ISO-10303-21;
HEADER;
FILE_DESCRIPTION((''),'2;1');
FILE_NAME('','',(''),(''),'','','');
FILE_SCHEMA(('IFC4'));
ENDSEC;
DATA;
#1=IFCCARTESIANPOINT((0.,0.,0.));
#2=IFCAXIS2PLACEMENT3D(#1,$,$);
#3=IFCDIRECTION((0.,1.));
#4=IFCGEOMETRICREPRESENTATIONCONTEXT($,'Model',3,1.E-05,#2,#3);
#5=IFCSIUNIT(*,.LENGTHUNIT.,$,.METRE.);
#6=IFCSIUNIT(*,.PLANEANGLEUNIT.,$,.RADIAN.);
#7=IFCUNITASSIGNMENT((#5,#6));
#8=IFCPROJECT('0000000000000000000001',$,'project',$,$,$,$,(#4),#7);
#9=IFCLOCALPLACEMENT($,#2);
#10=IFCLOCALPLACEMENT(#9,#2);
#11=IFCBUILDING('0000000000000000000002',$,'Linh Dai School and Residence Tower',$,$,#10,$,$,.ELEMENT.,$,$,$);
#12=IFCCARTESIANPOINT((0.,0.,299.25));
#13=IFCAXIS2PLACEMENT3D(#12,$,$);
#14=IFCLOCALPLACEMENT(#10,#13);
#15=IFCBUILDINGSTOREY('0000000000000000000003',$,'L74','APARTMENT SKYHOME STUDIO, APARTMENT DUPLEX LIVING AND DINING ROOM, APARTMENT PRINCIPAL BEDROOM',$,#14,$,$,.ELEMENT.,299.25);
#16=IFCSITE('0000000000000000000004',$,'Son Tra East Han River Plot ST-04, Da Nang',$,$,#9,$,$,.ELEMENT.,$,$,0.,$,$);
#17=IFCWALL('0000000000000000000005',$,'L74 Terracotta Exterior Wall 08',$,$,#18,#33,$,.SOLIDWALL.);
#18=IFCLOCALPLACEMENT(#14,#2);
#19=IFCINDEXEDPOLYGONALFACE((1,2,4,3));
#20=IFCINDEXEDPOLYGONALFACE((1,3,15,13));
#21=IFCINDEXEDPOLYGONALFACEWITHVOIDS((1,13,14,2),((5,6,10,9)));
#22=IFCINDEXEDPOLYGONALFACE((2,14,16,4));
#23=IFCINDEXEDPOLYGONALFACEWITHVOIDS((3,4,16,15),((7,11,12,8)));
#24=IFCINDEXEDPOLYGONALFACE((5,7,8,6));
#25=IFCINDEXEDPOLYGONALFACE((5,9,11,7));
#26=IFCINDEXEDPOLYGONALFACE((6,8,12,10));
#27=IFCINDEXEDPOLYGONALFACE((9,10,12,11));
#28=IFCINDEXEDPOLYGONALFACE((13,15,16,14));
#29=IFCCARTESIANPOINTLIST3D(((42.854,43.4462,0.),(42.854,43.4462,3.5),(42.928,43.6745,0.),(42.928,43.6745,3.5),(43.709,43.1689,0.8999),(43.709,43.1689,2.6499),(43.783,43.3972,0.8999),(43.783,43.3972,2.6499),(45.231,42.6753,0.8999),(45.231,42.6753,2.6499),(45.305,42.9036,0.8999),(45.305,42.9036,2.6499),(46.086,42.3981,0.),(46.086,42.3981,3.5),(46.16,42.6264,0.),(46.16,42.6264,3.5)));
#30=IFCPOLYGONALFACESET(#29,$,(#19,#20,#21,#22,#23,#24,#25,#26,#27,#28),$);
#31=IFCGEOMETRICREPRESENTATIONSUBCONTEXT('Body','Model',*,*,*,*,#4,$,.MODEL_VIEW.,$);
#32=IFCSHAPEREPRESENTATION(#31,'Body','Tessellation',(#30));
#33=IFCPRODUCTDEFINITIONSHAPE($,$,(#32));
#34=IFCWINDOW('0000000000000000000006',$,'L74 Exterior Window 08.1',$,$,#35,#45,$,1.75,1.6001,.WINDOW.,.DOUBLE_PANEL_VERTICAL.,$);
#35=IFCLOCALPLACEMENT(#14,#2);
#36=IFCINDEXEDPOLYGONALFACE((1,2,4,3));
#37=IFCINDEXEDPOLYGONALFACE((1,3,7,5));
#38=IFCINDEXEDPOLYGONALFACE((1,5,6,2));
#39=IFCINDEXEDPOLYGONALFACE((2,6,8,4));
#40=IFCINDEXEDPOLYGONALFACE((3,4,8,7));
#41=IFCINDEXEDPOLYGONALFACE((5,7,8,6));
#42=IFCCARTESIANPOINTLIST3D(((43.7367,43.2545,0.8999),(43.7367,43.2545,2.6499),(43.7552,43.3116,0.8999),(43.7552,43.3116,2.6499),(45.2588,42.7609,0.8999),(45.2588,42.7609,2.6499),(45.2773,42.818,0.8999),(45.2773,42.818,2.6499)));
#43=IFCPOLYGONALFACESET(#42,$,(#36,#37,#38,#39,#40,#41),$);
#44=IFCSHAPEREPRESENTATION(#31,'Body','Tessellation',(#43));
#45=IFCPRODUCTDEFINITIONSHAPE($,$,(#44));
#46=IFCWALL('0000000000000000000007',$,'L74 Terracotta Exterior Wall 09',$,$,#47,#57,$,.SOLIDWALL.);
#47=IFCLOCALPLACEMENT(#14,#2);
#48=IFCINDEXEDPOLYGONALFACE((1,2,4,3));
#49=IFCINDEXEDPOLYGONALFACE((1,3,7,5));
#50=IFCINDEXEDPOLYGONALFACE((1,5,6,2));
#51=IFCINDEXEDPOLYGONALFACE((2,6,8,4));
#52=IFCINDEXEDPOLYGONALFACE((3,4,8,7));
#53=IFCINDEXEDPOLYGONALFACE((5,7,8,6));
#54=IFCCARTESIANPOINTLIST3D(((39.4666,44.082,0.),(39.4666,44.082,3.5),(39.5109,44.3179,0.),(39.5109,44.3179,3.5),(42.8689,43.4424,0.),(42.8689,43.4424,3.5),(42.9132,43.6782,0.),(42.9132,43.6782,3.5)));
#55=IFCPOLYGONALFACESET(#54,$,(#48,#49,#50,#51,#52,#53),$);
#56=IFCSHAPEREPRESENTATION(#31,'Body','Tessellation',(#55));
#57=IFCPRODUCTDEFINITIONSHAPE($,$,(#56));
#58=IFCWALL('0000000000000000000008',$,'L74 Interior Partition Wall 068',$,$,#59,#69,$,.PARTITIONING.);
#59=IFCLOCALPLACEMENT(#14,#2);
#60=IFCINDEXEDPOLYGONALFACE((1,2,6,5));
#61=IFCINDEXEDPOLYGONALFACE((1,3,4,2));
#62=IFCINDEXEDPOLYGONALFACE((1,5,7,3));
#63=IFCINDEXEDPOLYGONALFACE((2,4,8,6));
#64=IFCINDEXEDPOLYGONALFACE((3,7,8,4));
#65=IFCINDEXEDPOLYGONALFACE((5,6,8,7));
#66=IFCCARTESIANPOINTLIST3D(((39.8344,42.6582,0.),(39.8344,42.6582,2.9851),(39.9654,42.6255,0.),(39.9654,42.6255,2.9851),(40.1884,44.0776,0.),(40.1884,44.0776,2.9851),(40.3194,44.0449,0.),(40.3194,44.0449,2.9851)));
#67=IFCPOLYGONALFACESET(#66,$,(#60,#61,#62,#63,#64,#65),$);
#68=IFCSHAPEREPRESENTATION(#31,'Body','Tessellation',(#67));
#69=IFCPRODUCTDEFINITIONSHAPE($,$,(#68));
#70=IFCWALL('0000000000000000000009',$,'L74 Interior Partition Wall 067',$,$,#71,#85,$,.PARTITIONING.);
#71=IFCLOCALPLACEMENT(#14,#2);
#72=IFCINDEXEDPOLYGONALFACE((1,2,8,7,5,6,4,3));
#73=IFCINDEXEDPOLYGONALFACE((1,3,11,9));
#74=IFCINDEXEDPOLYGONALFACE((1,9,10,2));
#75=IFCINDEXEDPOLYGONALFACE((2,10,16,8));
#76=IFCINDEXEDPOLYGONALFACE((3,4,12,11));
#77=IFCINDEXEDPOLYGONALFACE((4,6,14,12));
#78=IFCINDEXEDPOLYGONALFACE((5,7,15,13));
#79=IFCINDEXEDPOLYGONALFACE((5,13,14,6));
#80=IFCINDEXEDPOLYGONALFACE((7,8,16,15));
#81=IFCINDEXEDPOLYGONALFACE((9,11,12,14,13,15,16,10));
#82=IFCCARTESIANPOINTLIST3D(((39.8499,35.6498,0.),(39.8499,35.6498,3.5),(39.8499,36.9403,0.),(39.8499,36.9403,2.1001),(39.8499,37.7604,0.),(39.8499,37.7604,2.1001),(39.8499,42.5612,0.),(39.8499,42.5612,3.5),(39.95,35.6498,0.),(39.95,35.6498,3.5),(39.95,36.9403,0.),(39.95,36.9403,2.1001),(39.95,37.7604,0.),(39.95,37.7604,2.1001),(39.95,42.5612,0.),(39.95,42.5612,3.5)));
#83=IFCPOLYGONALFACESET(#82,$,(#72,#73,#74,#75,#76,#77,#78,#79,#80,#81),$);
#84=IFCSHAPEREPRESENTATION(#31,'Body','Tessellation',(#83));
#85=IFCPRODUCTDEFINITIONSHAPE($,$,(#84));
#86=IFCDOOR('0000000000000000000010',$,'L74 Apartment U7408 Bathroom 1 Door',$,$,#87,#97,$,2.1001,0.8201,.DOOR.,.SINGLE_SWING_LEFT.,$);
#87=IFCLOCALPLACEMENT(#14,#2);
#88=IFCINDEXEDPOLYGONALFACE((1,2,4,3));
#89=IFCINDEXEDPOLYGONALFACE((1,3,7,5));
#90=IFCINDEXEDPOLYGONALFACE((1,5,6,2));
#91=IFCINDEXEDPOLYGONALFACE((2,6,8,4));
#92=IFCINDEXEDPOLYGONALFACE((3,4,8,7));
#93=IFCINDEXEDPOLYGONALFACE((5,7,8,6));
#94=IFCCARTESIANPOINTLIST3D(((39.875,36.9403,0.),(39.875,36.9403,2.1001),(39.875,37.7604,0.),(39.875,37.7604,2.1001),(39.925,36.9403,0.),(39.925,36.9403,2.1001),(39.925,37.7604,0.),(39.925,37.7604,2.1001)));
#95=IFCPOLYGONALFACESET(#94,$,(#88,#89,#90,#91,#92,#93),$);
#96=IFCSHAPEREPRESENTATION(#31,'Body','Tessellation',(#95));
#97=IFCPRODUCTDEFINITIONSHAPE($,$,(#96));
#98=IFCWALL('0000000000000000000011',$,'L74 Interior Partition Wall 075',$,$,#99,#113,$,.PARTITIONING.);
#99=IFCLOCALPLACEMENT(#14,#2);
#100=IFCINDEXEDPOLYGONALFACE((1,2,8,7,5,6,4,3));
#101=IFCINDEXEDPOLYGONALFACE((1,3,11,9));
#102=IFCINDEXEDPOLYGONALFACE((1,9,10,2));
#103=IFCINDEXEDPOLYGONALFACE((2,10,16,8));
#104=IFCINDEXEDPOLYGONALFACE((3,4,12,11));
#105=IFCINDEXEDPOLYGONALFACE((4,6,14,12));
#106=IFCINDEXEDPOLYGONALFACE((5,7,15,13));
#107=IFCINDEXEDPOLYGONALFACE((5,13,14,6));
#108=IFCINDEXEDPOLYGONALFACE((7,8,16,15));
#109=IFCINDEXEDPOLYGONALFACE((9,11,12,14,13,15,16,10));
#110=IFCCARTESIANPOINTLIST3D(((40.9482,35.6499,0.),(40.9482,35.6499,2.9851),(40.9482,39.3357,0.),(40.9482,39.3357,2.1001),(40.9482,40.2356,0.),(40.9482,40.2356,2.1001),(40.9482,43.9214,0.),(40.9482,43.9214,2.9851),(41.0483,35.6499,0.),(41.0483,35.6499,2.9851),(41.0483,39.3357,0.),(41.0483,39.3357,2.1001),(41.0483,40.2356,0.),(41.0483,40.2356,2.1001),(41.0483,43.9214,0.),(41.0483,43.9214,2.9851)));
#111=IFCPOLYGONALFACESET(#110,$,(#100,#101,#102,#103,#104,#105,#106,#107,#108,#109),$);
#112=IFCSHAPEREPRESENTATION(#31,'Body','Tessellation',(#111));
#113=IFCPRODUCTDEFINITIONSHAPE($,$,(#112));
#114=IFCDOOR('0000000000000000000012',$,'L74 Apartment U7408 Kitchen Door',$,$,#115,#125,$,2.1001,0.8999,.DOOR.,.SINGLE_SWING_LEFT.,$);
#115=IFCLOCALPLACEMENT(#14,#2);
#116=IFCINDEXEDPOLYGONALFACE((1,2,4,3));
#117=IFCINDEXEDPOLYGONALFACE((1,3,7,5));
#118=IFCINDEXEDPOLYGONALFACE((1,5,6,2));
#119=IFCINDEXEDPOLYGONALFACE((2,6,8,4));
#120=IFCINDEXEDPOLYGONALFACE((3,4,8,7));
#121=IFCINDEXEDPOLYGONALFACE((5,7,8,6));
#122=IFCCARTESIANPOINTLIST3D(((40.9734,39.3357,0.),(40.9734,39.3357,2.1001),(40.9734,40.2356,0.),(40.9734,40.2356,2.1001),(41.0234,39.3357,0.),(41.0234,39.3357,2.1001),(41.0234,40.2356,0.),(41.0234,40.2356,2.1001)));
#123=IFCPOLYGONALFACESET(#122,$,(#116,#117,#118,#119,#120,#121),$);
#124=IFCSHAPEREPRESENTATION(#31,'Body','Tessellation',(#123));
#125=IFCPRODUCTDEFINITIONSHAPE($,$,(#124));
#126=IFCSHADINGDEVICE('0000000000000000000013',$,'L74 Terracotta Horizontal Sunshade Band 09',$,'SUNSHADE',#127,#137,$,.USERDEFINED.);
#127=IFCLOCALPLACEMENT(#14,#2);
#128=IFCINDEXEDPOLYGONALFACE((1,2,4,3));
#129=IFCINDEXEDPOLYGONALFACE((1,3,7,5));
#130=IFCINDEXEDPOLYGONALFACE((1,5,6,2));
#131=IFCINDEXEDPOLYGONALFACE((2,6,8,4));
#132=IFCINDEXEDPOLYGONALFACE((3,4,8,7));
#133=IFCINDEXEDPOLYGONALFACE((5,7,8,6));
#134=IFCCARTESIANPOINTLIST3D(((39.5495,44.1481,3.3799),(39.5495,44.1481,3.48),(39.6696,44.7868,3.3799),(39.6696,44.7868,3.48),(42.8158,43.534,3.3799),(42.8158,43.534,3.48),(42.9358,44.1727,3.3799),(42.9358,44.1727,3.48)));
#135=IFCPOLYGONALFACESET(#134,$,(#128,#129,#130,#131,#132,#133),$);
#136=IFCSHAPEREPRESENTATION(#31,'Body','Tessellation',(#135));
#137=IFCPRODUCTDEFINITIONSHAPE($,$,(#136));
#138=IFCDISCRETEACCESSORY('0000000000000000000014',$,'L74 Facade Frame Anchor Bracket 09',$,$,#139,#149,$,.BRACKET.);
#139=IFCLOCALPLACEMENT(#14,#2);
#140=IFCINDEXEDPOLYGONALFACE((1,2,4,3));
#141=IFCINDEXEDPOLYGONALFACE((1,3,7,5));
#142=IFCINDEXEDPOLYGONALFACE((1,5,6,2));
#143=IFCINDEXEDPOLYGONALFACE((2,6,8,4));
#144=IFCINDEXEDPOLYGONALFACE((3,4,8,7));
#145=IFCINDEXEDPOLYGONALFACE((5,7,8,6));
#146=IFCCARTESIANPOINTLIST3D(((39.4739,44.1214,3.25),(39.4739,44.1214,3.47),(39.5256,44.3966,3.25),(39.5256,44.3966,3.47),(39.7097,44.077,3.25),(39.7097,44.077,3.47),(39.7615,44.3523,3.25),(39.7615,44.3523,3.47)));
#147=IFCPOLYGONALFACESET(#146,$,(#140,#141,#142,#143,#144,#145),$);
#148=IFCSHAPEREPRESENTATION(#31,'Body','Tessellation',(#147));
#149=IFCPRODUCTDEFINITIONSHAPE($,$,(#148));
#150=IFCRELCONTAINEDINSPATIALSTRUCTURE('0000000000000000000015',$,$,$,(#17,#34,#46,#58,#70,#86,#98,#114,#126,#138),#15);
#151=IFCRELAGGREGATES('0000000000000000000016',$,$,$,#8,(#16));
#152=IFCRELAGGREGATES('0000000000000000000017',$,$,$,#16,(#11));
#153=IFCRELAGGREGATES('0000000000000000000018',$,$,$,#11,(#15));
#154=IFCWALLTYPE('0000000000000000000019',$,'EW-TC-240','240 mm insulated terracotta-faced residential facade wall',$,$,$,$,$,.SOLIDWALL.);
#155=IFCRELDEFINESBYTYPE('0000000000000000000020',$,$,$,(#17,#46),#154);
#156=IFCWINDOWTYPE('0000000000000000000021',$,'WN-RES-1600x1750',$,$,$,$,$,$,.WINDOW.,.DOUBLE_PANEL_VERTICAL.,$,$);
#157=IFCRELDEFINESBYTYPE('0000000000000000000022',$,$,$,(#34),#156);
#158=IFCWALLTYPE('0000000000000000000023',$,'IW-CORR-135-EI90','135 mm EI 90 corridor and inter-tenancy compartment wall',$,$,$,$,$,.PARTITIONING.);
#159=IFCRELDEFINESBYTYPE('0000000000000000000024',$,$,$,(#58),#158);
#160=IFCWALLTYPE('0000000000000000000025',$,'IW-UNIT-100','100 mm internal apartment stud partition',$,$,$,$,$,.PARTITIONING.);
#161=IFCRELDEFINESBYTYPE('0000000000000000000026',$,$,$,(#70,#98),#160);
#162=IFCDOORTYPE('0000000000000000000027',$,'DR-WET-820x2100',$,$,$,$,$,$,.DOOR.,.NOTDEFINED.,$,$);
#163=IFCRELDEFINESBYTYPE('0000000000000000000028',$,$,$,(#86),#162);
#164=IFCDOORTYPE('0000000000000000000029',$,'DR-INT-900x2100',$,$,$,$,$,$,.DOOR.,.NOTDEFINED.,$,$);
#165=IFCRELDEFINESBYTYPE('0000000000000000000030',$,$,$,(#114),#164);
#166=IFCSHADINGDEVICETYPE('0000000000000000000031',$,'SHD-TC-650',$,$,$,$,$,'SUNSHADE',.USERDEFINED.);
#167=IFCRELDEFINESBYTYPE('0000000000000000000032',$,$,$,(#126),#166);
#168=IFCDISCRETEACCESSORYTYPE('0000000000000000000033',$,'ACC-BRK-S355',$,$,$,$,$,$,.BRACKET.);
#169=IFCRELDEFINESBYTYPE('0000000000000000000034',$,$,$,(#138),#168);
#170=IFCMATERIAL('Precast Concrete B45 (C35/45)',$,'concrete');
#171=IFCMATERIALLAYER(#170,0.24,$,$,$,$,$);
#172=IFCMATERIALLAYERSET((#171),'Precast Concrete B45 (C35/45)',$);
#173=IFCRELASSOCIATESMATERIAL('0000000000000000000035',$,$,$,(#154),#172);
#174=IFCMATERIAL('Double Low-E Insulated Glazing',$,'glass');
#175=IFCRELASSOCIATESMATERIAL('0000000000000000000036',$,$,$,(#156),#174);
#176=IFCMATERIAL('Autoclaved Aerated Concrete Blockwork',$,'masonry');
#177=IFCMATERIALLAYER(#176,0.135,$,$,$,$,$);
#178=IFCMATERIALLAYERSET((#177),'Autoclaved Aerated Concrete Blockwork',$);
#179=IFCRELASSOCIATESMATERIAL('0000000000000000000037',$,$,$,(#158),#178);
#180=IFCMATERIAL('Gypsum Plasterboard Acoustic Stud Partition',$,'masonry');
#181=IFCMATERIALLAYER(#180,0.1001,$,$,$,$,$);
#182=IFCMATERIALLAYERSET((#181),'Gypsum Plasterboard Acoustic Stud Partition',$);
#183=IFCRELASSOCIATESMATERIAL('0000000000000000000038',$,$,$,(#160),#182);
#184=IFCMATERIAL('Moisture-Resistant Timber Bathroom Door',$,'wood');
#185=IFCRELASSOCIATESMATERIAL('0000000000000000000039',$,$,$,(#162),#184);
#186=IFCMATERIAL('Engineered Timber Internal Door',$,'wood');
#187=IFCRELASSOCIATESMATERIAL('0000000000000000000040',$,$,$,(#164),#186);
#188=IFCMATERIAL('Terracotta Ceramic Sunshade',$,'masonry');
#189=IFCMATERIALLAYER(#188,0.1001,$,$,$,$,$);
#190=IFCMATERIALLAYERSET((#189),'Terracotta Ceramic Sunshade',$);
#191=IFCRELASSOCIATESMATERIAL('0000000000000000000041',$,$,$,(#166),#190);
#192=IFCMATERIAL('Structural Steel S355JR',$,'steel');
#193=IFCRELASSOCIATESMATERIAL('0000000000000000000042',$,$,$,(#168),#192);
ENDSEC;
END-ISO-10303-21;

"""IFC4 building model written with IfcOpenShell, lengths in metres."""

from ifc_helpers import new_model, si_unit, direction, frame, frame_2d, origin, origin_2d, place, context, subcontext, project, spatial, rectangle, extrude, source, transform, mapped, material, layer, layer_set, type_object, element, fill, save


model = new_model("IFC4")

# Units and contexts
model_context = context("Model", 3, precision=1e-05, world=origin(), true_north=direction((0.0, 1.0)))
body_context = subcontext(model_context, "Body", "Model", "MODEL_VIEW")
ifc_project = project(units=[si_unit("LENGTHUNIT", "METRE"), si_unit("PLANEANGLEUNIT", "RADIAN")], contexts=[model_context])

# Site, building, storey
site_placement = place(None, origin())
site = spatial("IfcSite", under=ifc_project, at=site_placement, Name="Son Tra East Han River Plot ST-04, Da Nang", CompositionType="ELEMENT", RefElevation=0.0)
building_placement = place(site_placement, origin())
building = spatial("IfcBuilding", under=site, at=building_placement, Name="Linh Dai School and Residence Tower", CompositionType="ELEMENT")
storey_placement = place(building_placement, frame((0.0, 0.0, 299.25)))
storey = spatial("IfcBuildingStorey", under=building, at=storey_placement, Name="L74", Description="APARTMENT SKYHOME STUDIO, APARTMENT DUPLEX LIVING AND DINING ROOM, APARTMENT PRINCIPAL BEDROOM", CompositionType="ELEMENT", Elevation=299.25)

# Shared definitions
ifc_material_1 = material(Name="Structural Steel S355JR", Category="steel")

# Shared definitions
ifc_material_2 = material(Name="Precast Concrete B45 (C35/45)", Category="concrete")
ifc_material_3 = material(Name="Double Low-E Insulated Glazing", Category="glass")

# Wall, opening, window
ifc_layer_1 = layer(ifc_material_2, 0.24)
ifc_layer_set_1 = layer_set([ifc_layer_1], Name="Precast Concrete B45 (C35/45)")
wall_type_1 = type_object("IfcWallType", Name="EW-TC-240", Description="240 mm insulated terracotta-faced residential facade wall", PredefinedType="SOLIDWALL", material=ifc_layer_set_1)
wall_1_placement = place(storey_placement, frame((42.8911, 43.5603, 0.0), z_axis=(0.0, 0.0, 1.0), x_axis=(0.951231, -0.308478, 0.0)))
wall_1 = element("IfcWall", 1, at=wall_1_placement, inside=storey, type_object=wall_type_1, Name="L74 Terracotta Exterior Wall 08", PredefinedType="SOLIDWALL", context=body_context, shape_type="SweptSolid", body=[
    extrude(rectangle(XDim=3.3977, YDim=0.24, at=frame_2d((1.6987, 0.0))), origin(), (0.0, 0.0, 1.0), 3.5),
])
opening_1_placement = place(wall_1_placement, frame((0.8987, 0.0, 0.8999)))
opening_1 = element("IfcOpeningElement", 2, at=opening_1_placement, cuts=wall_1, PredefinedType="OPENING", context=body_context, shape_type="SweptSolid", body=[
    extrude(rectangle(XDim=1.6001, YDim=1.75, at=origin_2d()), frame((0.8, 0.1299, 0.875), z_axis=(0.0, -1.0, 0.0), x_axis=(1.0, 0.0, 0.0)), (0.0, 0.0, 1.0), 0.26),
])
window_type = type_object("IfcWindowType", Name="WN-RES-1600x1750", PartitioningType="DOUBLE_PANEL_VERTICAL", PredefinedType="WINDOW", material=ifc_material_3)
shared_shape_1 = source(origin(), body_context, "Body", "SweptSolid", [
    extrude(rectangle(XDim=1.6001, YDim=1.75, at=origin_2d()), frame((0.8, 0.03, 0.875), z_axis=(0.0, -1.0, 0.0), x_axis=(1.0, 0.0, 0.0)), (0.0, 0.0, 1.0), 0.0601),
])
window_placement = place(opening_1_placement, origin())
window = element("IfcWindow", 3, at=window_placement, inside=storey, type_object=window_type, Name="L74 Exterior Window 08.1", OverallHeight=1.75, OverallWidth=1.6001, PartitioningType="DOUBLE_PANEL_VERTICAL", PredefinedType="WINDOW", context=body_context, shape_type="MappedRepresentation", body=[
    mapped(shared_shape_1, transform((0.0, 0.0, 0.0), x_axis=(1.0, 0.0, 0.0), y_axis=(0.0, 1.0, 0.0), z_axis=(0.0, 0.0, 1.0), scale=1.0)),
])
fill(opening_1, window)

# Walls
wall_2_placement = place(storey_placement, frame((39.4888, 44.2, 0.0), z_axis=(0.0, 0.0, 1.0), x_axis=(0.982783, -0.184765, 0.0)))
element("IfcWall", 4, at=wall_2_placement, inside=storey, type_object=wall_type_1, Name="L74 Terracotta Exterior Wall 09", PredefinedType="SOLIDWALL", context=body_context, shape_type="SweptSolid", body=[
    extrude(rectangle(XDim=3.4619, YDim=0.24, at=frame_2d((1.731, 0.0))), origin(), (0.0, 0.0, 1.0), 3.5),
])
ifc_material_4 = material(Name="Autoclaved Aerated Concrete Blockwork", Category="masonry")
ifc_layer_2 = layer(ifc_material_4, 0.135)
ifc_layer_set_2 = layer_set([ifc_layer_2], Name="Autoclaved Aerated Concrete Blockwork")
wall_type_2 = type_object("IfcWallType", Name="IW-CORR-135-EI90", Description="135 mm EI 90 corridor and inter-tenancy compartment wall", PredefinedType="PARTITIONING", material=ifc_layer_set_2)
wall_3_placement = place(storey_placement, frame((39.8999, 42.6418, 0.0), z_axis=(0.0, 0.0, 1.0), x_axis=(0.241986, 0.97028, 0.0)))
element("IfcWall", 5, at=wall_3_placement, inside=storey, type_object=wall_type_2, Name="L74 Interior Partition Wall 068", PredefinedType="PARTITIONING", context=body_context, shape_type="SweptSolid", body=[
    extrude(rectangle(XDim=1.4629, YDim=0.135, at=frame_2d((0.7314, 0.0))), origin(), (0.0, 0.0, 1.0), 2.9851),
])

# Walls, openings, doors
ifc_material_5 = material(Name="Gypsum Plasterboard Acoustic Stud Partition", Category="masonry")
ifc_layer_3 = layer(ifc_material_5, 0.1001)
ifc_layer_set_3 = layer_set([ifc_layer_3], Name="Gypsum Plasterboard Acoustic Stud Partition")
wall_type_3 = type_object("IfcWallType", Name="IW-UNIT-100", Description="100 mm internal apartment stud partition", PredefinedType="PARTITIONING", material=ifc_layer_set_3)
wall_4_placement = place(storey_placement, frame((39.8999, 35.6499, 0.0), z_axis=(0.0, 0.0, 1.0), x_axis=(0.0, 1.0, 0.0)))
wall_4 = element("IfcWall", 6, at=wall_4_placement, inside=storey, type_object=wall_type_3, Name="L74 Interior Partition Wall 067", PredefinedType="PARTITIONING", context=body_context, shape_type="SweptSolid", body=[
    extrude(rectangle(XDim=6.9114, YDim=0.1001, at=frame_2d((3.4556, 0.0))), origin(), (0.0, 0.0, 1.0), 3.5),
])
opening_2_placement = place(wall_4_placement, frame((1.2903, 0.0, 0.0)))
opening_2 = element("IfcOpeningElement", 7, at=opening_2_placement, cuts=wall_4, PredefinedType="OPENING", context=body_context, shape_type="SweptSolid", body=[
    extrude(rectangle(XDim=0.8201, YDim=2.1001, at=origin_2d()), frame((0.4102, 0.0601, 1.05), z_axis=(0.0, -1.0, 0.0), x_axis=(1.0, 0.0, 0.0)), (0.0, 0.0, 1.0), 0.1201),
])
ifc_material_6 = material(Name="Moisture-Resistant Timber Bathroom Door", Category="wood")
door_type_1 = type_object("IfcDoorType", Name="DR-WET-820x2100", OperationType="NOTDEFINED", PredefinedType="DOOR", material=ifc_material_6)
shared_shape_2 = source(origin(), body_context, "Body", "SweptSolid", [
    extrude(rectangle(XDim=0.8201, YDim=2.1001, at=origin_2d()), frame((0.4102, 0.0249, 1.05), z_axis=(0.0, -1.0, 0.0), x_axis=(1.0, 0.0, 0.0)), (0.0, 0.0, 1.0), 0.05),
])
door_1_placement = place(opening_2_placement, origin())
door_1 = element("IfcDoor", 8, at=door_1_placement, inside=storey, type_object=door_type_1, Name="L74 Apartment U7408 Bathroom 1 Door", OperationType="SINGLE_SWING_LEFT", OverallHeight=2.1001, OverallWidth=0.8201, PredefinedType="DOOR", context=body_context, shape_type="MappedRepresentation", body=[
    mapped(shared_shape_2, transform((0.0, 0.0, 0.0), x_axis=(1.0, 0.0, 0.0), y_axis=(0.0, 1.0, 0.0), z_axis=(0.0, 0.0, 1.0), scale=1.0)),
])
fill(opening_2, door_1)
wall_5_placement = place(storey_placement, frame((40.9983, 35.6499, 0.0), z_axis=(0.0, 0.0, 1.0), x_axis=(0.0, 1.0, 0.0)))
wall_5 = element("IfcWall", 9, at=wall_5_placement, inside=storey, type_object=wall_type_3, Name="L74 Interior Partition Wall 075", PredefinedType="PARTITIONING", context=body_context, shape_type="SweptSolid", body=[
    extrude(rectangle(XDim=8.2715, YDim=0.1001, at=frame_2d((4.1357, 0.0))), origin(), (0.0, 0.0, 1.0), 2.9851),
])
opening_3_placement = place(wall_5_placement, frame((3.6858, 0.0, 0.0)))
opening_3 = element("IfcOpeningElement", 10, at=opening_3_placement, cuts=wall_5, PredefinedType="OPENING", context=body_context, shape_type="SweptSolid", body=[
    extrude(rectangle(XDim=0.8999, YDim=2.1001, at=origin_2d()), frame((0.45, 0.0601, 1.05), z_axis=(0.0, -1.0, 0.0), x_axis=(1.0, 0.0, 0.0)), (0.0, 0.0, 1.0), 0.1201),
])
ifc_material_7 = material(Name="Engineered Timber Internal Door", Category="wood")
door_type_2 = type_object("IfcDoorType", Name="DR-INT-900x2100", OperationType="NOTDEFINED", PredefinedType="DOOR", material=ifc_material_7)
shared_shape_3 = source(origin(), body_context, "Body", "SweptSolid", [
    extrude(rectangle(XDim=0.8999, YDim=2.1001, at=origin_2d()), frame((0.45, 0.0249, 1.05), z_axis=(0.0, -1.0, 0.0), x_axis=(1.0, 0.0, 0.0)), (0.0, 0.0, 1.0), 0.05),
])
door_2_placement = place(opening_3_placement, origin())
door_2 = element("IfcDoor", 11, at=door_2_placement, inside=storey, type_object=door_type_2, Name="L74 Apartment U7408 Kitchen Door", OperationType="SINGLE_SWING_LEFT", OverallHeight=2.1001, OverallWidth=0.8999, PredefinedType="DOOR", context=body_context, shape_type="MappedRepresentation", body=[
    mapped(shared_shape_3, transform((0.0, 0.0, 0.0), x_axis=(1.0, 0.0, 0.0), y_axis=(0.0, 1.0, 0.0), z_axis=(0.0, 0.0, 1.0), scale=1.0)),
])
fill(opening_3, door_2)

# Shading device
ifc_material_8 = material(Name="Terracotta Ceramic Sunshade", Category="masonry")
ifc_layer_4 = layer(ifc_material_8, 0.1001)
ifc_layer_set_4 = layer_set([ifc_layer_4], Name="Terracotta Ceramic Sunshade")
shading_device_type = type_object("IfcShadingDeviceType", Name="SHD-TC-650", ElementType="SUNSHADE", PredefinedType="USERDEFINED", material=ifc_layer_set_4)
shared_shape_4 = source(origin(), body_context, "Body", "SweptSolid", [
    extrude(rectangle(XDim=3.3235, YDim=0.6499, at=origin_2d()), origin(), (0.0, 0.0, 1.0), 0.1001),
])
shading_device_placement = place(storey_placement, frame((41.2427, 44.1604, 3.3799), z_axis=(0.0, 0.0, 1.0), x_axis=(0.982785, -0.184751, 0.0)))
element("IfcShadingDevice", 12, at=shading_device_placement, inside=storey, type_object=shading_device_type, Name="L74 Terracotta Horizontal Sunshade Band 09", ObjectType="SUNSHADE", PredefinedType="USERDEFINED", context=body_context, shape_type="MappedRepresentation", body=[
    mapped(shared_shape_4, transform((0.0, 0.0, 0.0), x_axis=(1.0, 0.0, 0.0), y_axis=(0.0, 1.0, 0.0), z_axis=(0.0, 0.0, 1.0), scale=1.0)),
])

# Discrete accessory
discrete_accessory_type = type_object("IfcDiscreteAccessoryType", Name="ACC-BRK-S355", PredefinedType="BRACKET", material=ifc_material_1)
shared_shape_5 = source(origin(), body_context, "Body", "SweptSolid", [
    extrude(rectangle(XDim=0.28, YDim=0.24, at=origin_2d()), origin(), (0.0, 0.0, 1.0), 0.22),
])
discrete_accessory_placement = place(storey_placement, frame((39.6177, 44.2368, 3.25), z_axis=(0.0, 0.0, 1.0), x_axis=(0.184751, 0.982785, 0.0)))
element("IfcDiscreteAccessory", 13, at=discrete_accessory_placement, inside=storey, type_object=discrete_accessory_type, Name="L74 Facade Frame Anchor Bracket 09", PredefinedType="BRACKET", context=body_context, shape_type="MappedRepresentation", body=[
    mapped(shared_shape_5, transform((0.0, 0.0, 0.0), x_axis=(1.0, 0.0, 0.0), y_axis=(0.0, 1.0, 0.0), z_axis=(0.0, 0.0, 1.0), scale=1.0)),
])

save(model, "model.ifc")
